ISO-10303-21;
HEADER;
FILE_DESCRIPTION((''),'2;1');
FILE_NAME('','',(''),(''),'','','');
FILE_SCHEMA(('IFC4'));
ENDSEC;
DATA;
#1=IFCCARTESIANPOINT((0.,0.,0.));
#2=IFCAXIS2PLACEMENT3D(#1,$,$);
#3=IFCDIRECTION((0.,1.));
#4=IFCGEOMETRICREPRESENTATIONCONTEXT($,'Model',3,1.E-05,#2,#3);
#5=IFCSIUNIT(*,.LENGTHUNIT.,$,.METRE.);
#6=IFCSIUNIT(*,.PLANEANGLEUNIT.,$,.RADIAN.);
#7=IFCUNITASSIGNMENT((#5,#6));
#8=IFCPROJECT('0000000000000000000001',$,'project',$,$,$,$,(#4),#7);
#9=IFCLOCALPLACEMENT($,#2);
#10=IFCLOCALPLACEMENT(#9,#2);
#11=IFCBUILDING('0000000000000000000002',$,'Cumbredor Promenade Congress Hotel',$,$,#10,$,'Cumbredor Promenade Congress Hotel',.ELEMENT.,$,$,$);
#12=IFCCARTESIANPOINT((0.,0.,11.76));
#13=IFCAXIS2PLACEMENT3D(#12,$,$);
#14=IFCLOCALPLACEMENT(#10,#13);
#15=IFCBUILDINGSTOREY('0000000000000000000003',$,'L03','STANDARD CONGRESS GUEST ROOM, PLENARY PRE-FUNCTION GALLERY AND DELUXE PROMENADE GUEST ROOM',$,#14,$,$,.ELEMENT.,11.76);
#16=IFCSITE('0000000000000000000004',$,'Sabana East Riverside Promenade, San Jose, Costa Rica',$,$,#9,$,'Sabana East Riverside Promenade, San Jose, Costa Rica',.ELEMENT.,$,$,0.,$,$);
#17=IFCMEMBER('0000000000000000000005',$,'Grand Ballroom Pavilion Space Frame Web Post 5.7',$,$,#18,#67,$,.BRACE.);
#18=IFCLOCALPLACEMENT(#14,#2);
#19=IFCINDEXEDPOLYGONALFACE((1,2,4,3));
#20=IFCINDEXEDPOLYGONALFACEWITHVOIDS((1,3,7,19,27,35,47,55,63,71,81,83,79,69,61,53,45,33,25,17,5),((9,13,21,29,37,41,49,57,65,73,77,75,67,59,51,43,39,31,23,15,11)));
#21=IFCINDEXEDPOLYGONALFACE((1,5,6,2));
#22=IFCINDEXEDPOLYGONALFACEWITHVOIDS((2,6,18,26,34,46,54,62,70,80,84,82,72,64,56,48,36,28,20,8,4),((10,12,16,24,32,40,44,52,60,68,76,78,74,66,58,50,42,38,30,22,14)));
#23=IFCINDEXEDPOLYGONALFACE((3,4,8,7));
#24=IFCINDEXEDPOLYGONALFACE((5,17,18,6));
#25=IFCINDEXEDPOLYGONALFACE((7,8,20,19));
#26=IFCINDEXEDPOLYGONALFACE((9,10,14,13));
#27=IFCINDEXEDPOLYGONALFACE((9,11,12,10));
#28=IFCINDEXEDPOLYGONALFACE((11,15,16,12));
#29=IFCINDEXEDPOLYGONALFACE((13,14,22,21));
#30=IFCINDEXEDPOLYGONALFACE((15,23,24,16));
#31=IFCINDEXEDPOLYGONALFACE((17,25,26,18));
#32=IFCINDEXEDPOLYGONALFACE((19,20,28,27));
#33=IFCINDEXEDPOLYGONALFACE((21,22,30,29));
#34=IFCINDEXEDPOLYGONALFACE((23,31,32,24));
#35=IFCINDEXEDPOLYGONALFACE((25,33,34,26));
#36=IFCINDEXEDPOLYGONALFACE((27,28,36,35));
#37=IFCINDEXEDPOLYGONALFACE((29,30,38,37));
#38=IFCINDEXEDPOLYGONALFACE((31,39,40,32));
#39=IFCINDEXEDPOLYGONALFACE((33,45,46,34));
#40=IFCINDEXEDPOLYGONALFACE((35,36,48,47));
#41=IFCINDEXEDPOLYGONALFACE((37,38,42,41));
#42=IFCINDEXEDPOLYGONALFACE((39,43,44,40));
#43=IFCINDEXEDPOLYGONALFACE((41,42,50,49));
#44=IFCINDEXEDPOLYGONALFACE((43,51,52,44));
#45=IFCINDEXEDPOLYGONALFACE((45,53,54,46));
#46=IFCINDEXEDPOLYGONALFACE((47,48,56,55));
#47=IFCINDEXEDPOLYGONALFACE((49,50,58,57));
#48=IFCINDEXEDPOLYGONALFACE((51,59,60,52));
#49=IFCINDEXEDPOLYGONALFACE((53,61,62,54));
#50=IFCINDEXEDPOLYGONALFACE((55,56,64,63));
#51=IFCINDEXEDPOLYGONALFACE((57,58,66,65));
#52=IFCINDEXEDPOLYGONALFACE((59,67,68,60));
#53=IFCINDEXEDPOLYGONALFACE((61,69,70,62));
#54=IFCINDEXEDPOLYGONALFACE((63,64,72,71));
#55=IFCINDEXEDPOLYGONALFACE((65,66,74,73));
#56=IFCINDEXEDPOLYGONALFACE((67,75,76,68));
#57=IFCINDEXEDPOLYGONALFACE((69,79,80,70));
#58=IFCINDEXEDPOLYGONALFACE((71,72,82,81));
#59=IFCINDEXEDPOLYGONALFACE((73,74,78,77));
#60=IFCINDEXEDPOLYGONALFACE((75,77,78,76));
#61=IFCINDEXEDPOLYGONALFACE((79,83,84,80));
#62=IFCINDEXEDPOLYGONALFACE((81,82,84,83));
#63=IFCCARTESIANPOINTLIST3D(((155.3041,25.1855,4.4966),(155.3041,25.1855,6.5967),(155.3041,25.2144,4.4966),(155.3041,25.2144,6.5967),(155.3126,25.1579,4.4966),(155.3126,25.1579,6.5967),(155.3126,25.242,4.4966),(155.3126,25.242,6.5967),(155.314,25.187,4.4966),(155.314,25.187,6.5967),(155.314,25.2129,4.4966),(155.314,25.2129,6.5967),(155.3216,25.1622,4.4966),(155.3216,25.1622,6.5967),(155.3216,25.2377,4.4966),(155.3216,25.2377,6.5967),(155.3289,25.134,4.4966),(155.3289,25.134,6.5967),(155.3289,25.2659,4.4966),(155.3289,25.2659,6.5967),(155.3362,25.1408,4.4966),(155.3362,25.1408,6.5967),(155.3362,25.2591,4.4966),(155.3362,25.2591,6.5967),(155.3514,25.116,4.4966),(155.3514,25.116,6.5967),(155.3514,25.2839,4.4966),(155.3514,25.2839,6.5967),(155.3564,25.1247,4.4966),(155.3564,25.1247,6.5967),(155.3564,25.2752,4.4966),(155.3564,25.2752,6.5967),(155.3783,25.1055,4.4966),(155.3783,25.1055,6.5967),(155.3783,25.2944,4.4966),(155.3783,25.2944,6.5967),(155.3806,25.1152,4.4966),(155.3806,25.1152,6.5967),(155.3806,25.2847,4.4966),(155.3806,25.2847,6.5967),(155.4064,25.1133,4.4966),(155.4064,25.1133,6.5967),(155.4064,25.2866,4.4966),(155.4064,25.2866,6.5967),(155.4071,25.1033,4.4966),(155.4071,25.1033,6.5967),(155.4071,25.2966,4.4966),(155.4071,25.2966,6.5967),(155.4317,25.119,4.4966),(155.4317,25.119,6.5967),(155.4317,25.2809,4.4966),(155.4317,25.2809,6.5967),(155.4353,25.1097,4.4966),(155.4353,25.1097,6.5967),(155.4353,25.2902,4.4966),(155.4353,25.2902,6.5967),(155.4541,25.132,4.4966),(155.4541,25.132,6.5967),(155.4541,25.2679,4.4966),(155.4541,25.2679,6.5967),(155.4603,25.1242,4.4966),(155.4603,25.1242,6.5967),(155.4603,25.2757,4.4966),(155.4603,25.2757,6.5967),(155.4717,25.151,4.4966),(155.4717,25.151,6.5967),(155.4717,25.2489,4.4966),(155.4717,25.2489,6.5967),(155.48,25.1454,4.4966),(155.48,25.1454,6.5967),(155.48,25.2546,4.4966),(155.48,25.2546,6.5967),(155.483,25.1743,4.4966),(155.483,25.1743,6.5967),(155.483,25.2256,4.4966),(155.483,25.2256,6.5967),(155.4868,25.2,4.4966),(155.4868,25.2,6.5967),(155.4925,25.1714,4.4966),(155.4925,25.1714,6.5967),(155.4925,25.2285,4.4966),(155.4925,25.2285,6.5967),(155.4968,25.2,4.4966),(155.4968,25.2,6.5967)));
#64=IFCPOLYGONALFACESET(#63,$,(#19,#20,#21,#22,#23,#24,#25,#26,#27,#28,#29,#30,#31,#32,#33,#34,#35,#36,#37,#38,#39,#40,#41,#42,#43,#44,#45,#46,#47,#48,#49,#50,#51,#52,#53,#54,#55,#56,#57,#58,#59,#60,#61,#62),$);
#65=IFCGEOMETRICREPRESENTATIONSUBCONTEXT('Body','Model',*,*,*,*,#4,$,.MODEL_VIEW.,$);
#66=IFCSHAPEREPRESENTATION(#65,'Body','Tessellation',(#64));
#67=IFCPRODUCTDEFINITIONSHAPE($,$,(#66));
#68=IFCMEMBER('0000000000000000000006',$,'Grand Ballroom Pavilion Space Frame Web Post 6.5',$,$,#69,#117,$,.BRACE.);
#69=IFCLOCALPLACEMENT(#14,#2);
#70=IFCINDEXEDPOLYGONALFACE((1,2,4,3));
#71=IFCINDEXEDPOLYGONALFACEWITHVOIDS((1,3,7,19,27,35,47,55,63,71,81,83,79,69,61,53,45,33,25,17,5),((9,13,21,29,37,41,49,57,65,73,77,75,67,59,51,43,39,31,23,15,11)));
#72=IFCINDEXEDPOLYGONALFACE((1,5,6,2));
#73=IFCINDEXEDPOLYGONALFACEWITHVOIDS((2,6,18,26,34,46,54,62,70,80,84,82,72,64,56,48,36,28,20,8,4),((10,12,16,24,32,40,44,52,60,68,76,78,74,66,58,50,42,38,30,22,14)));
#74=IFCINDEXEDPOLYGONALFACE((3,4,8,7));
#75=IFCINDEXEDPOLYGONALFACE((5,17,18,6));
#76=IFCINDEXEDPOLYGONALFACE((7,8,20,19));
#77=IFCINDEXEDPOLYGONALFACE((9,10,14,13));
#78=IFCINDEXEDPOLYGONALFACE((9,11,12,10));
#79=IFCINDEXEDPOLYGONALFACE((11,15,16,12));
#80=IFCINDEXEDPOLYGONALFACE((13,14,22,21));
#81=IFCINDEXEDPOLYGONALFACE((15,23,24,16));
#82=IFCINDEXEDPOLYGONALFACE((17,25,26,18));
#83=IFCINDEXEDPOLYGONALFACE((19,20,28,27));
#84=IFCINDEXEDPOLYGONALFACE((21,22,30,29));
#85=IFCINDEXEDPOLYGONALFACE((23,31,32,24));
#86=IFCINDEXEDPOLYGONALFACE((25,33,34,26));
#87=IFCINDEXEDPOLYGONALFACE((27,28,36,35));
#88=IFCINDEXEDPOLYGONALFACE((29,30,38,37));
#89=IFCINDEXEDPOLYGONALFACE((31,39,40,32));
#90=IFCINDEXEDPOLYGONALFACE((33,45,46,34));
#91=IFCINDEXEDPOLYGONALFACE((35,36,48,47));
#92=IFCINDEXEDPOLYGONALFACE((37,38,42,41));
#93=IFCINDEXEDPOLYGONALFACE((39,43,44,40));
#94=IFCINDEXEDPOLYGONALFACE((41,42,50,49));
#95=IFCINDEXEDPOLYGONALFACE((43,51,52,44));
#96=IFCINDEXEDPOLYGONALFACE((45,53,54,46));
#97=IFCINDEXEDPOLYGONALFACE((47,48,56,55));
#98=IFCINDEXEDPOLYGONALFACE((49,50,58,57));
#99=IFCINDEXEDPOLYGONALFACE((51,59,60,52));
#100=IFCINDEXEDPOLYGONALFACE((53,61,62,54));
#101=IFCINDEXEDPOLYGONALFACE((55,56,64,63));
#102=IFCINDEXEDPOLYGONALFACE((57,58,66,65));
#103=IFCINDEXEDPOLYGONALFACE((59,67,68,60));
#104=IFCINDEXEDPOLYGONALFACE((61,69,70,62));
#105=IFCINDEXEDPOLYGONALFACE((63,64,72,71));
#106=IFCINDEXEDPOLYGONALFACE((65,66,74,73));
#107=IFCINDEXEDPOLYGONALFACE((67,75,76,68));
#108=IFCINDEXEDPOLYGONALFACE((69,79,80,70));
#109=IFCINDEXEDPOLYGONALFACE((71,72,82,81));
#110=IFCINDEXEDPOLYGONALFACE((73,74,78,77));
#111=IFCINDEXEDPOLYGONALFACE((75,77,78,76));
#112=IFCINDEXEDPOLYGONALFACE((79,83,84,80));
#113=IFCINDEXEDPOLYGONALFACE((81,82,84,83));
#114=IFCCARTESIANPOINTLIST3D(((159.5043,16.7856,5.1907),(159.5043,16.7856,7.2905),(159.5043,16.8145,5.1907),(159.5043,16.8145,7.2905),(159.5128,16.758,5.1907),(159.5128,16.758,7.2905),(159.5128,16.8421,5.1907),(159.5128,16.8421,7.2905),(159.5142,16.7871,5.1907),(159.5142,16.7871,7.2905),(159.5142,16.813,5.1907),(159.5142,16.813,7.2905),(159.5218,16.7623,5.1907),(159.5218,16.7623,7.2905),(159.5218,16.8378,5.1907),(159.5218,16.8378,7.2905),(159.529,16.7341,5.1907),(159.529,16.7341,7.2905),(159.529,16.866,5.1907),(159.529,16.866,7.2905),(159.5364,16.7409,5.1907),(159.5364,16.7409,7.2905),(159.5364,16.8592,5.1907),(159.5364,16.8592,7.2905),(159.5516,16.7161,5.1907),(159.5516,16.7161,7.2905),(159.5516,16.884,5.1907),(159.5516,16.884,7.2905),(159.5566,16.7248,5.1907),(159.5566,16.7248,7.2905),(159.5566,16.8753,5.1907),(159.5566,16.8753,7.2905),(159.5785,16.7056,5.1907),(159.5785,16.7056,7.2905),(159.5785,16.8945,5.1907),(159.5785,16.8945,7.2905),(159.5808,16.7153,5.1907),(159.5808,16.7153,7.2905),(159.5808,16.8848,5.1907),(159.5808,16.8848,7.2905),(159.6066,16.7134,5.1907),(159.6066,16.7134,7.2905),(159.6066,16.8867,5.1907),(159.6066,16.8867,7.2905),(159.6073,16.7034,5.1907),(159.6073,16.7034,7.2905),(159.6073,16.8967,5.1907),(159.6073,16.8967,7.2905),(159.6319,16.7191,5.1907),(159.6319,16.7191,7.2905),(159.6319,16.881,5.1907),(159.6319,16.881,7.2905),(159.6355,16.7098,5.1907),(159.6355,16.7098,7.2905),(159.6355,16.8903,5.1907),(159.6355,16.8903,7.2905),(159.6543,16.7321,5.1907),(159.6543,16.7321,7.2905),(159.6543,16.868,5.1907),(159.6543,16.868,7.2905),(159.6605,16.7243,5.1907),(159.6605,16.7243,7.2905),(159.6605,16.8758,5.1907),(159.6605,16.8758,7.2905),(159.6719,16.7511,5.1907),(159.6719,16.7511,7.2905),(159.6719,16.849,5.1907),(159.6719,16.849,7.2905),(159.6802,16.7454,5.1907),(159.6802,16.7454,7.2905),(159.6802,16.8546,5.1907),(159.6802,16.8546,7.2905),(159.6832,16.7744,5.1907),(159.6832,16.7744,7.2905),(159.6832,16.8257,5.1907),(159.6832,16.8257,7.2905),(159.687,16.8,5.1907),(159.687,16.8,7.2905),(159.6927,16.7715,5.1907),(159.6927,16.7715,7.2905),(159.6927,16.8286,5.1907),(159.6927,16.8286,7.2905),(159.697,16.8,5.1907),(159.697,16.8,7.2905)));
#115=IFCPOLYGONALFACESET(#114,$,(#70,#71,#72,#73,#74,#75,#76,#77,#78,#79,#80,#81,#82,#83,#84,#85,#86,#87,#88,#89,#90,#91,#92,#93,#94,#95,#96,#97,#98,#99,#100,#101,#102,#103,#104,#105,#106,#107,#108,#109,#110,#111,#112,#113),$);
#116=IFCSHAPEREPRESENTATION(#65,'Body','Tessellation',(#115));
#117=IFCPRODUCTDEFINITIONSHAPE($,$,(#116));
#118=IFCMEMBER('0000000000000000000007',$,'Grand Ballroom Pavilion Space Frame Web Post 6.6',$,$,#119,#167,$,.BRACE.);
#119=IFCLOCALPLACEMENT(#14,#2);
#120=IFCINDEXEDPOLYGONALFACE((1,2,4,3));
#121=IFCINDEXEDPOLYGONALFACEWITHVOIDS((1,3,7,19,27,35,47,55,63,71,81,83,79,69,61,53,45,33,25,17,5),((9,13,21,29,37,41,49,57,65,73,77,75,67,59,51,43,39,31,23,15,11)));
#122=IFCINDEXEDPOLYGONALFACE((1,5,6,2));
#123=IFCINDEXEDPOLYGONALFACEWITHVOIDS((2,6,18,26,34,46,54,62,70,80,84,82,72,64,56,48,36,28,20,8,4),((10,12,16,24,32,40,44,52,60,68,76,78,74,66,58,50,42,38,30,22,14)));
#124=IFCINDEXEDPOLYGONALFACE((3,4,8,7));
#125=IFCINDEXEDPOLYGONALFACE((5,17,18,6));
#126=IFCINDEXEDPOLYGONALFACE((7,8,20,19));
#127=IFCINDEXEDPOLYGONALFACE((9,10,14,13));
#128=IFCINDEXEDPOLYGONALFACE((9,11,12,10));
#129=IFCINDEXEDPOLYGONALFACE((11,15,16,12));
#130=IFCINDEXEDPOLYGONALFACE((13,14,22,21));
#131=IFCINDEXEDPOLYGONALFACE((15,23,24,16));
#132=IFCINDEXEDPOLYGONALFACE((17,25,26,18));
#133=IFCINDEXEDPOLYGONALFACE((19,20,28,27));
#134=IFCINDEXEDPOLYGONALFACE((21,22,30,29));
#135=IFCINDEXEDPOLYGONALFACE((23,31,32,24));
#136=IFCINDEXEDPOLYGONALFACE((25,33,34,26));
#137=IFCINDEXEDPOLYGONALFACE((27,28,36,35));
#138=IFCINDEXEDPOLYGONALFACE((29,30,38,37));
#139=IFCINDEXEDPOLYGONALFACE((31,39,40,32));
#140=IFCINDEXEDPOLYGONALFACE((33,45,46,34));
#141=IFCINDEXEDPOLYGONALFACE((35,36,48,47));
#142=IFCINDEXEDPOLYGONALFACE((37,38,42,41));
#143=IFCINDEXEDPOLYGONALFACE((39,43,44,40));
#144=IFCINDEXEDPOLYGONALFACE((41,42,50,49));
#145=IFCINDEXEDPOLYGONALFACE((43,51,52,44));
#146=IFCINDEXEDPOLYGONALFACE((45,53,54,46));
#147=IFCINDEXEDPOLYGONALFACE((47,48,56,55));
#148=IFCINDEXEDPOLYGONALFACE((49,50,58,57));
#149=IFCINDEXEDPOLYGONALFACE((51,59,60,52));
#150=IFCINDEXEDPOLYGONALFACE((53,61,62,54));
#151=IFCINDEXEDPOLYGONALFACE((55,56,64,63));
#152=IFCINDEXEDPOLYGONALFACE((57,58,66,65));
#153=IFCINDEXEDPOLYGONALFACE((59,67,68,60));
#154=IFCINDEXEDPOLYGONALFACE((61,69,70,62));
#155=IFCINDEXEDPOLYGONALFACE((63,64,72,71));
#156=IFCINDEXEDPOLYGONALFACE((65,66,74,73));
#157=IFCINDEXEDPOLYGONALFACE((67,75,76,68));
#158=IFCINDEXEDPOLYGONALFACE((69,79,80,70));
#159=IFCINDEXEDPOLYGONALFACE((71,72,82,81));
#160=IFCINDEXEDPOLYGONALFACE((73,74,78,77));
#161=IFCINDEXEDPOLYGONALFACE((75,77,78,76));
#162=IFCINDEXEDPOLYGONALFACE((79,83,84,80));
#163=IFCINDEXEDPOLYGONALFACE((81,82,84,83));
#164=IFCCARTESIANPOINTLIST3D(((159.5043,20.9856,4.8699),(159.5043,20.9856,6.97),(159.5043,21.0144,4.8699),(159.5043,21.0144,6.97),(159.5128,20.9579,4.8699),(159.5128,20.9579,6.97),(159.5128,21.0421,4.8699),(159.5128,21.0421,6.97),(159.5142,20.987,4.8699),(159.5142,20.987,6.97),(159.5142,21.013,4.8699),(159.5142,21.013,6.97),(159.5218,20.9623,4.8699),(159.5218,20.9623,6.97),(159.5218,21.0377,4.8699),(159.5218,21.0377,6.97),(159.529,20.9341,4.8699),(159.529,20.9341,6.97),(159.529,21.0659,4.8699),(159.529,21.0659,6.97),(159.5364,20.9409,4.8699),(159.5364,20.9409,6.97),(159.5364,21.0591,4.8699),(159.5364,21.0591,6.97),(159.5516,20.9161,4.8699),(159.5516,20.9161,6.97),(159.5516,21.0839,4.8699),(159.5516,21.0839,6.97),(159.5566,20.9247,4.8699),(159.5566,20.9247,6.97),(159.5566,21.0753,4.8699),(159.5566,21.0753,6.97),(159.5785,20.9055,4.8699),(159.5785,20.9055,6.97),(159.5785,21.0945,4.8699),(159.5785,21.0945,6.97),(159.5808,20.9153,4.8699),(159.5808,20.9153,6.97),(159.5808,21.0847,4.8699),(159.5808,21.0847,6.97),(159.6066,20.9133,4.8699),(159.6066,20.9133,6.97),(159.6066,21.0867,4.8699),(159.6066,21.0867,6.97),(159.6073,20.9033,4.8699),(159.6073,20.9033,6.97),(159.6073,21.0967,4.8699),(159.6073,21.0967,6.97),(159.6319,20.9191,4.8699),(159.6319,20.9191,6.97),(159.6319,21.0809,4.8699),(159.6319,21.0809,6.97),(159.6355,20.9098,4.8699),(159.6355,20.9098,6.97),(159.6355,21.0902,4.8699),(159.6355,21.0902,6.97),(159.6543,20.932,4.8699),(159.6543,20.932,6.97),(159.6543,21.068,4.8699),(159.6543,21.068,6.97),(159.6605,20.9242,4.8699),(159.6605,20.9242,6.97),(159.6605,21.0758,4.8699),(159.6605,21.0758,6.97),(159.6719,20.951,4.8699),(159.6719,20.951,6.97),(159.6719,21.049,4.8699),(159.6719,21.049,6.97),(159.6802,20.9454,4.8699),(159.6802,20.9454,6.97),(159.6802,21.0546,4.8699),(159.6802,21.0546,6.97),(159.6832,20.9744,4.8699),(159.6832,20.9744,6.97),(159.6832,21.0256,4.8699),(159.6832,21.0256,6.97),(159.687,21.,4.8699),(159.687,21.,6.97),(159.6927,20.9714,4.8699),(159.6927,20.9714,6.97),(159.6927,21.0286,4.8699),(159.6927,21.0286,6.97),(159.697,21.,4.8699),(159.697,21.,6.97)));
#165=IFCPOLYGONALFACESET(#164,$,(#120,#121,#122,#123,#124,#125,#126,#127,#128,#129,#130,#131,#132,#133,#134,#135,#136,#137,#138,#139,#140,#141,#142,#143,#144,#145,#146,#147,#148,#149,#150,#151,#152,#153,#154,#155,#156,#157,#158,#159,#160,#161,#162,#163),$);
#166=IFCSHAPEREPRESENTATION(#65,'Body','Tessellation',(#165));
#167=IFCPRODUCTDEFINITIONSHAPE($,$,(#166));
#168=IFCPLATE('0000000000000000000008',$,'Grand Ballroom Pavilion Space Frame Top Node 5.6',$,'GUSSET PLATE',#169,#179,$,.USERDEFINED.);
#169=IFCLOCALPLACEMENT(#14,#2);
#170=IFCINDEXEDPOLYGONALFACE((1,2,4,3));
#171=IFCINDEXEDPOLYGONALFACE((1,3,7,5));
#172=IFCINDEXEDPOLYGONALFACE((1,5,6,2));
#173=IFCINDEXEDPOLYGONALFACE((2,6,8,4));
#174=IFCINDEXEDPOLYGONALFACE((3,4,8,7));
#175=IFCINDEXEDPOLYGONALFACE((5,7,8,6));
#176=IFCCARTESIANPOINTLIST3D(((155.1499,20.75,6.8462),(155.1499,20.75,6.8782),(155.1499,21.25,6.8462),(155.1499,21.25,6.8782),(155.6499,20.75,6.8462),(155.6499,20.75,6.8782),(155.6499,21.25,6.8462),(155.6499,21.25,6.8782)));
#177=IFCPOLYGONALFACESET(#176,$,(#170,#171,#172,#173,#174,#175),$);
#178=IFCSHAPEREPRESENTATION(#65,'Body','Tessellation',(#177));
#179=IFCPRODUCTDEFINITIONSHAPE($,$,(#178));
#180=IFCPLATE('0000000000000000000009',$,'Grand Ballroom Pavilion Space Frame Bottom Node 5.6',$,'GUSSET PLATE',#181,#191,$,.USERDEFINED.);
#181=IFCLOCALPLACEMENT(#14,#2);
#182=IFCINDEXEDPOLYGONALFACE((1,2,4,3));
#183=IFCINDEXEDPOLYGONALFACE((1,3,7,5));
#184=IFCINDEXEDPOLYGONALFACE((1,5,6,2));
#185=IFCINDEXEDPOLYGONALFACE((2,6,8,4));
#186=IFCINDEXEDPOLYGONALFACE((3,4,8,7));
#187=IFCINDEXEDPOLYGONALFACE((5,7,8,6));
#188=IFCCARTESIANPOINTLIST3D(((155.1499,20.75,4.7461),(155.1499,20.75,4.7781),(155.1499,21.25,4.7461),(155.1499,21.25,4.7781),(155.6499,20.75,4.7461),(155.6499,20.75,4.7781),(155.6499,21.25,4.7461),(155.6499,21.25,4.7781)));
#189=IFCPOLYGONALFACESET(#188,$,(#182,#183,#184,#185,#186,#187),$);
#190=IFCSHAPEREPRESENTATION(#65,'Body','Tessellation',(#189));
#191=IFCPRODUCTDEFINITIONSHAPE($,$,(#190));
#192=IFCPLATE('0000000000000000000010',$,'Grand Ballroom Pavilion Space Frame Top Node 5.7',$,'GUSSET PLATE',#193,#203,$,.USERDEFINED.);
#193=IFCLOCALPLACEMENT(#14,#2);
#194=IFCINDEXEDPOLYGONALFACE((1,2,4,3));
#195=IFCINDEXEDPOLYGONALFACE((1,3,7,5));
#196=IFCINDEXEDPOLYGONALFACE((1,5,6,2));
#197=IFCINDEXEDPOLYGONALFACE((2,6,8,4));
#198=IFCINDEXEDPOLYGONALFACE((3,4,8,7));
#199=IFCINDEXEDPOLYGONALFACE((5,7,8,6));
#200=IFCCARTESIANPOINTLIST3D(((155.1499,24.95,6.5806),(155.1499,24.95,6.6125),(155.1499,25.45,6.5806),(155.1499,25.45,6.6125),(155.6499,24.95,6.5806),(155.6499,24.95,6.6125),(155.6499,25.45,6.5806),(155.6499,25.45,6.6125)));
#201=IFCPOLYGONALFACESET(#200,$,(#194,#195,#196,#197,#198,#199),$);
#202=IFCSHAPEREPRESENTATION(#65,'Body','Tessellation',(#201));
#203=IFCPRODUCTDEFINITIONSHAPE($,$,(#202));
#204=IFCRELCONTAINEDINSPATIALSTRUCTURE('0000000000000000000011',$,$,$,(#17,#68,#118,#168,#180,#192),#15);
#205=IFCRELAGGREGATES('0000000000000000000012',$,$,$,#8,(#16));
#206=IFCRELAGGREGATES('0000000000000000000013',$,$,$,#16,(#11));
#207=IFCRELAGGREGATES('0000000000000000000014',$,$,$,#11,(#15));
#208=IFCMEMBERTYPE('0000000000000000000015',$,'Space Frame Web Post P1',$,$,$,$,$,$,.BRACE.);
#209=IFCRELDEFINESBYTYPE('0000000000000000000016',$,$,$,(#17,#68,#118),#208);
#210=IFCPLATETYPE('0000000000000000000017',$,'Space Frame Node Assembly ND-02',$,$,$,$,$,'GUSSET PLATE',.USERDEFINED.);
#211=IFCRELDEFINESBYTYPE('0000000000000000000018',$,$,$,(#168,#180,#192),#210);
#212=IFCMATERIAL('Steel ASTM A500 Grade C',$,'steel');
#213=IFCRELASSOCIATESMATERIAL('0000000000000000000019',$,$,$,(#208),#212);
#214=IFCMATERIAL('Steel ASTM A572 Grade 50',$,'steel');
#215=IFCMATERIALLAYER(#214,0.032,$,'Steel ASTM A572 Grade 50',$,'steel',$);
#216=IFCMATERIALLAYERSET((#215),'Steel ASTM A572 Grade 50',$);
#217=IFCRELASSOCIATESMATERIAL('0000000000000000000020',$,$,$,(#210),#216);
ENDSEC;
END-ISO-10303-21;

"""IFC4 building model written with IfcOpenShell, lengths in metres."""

from ifc_helpers import new_model, si_unit, direction, frame, origin, origin_2d, place, context, subcontext, project, spatial, rectangle, hollow_circle, extrude, material, layer, layer_set, material_profile, profile_set, type_object, element, save


model = new_model("IFC4")

# Units and contexts
model_context = context("Model", 3, precision=1e-05, world=origin(), true_north=direction((0.0, 1.0)))
body_context = subcontext(model_context, "Body", "Model", "MODEL_VIEW")
ifc_project = project(units=[si_unit("LENGTHUNIT", "METRE"), si_unit("PLANEANGLEUNIT", "RADIAN")], contexts=[model_context])

# Site, building, storey
site_placement = place(None, origin())
site = spatial("IfcSite", under=ifc_project, at=site_placement, Name="Sabana East Riverside Promenade, San Jose, Costa Rica", LongName="Sabana East Riverside Promenade, San Jose, Costa Rica", CompositionType="ELEMENT", RefElevation=0.0)
building_placement = place(site_placement, origin())
building = spatial("IfcBuilding", under=site, at=building_placement, Name="Cumbredor Promenade Congress Hotel", LongName="Cumbredor Promenade Congress Hotel", CompositionType="ELEMENT")
storey_placement = place(building_placement, frame((0.0, 0.0, 11.76)))
storey = spatial("IfcBuildingStorey", under=building, at=storey_placement, Name="L03", Description="STANDARD CONGRESS GUEST ROOM, PLENARY PRE-FUNCTION GALLERY AND DELUXE PROMENADE GUEST ROOM", CompositionType="ELEMENT", Elevation=11.76)

# Members
ifc_material_1 = material(Name="Steel ASTM A500 Grade C", Category="steel")
ifc_material_profile_1 = material_profile(ifc_material_1, hollow_circle(Radius=0.0969, WallThickness=0.01, at=origin_2d()), Name="CHS 193.7x10")
ifc_profile_set_1 = profile_set([ifc_material_profile_1], Name="Steel ASTM A500 Grade C")
member_type_1 = type_object("IfcMemberType", Name="Space Frame Web Post P1", PredefinedType="BRACE", material=ifc_profile_set_1)
for number, where, z_axis, x_axis, name in (
    (1, (155.3999, 25.2, 4.4966), (0.0, 0.0, 1.0), (1.0, 0.0, 0.0), "Grand Ballroom Pavilion Space Frame Web Post 5.7"),
):
    element("IfcMember", number, at=place(storey_placement, frame(where, z_axis=z_axis, x_axis=x_axis)), inside=storey, type_object=member_type_1, Name=name, PredefinedType="BRACE", context=body_context, shape_type="SweptSolid", body=[
        extrude(hollow_circle(Radius=0.0969, WallThickness=0.01, at=origin_2d()), origin(), (0.0, 0.0, 1.0), 2.1001),
    ])
member_1_placement = place(storey_placement, frame((159.6001, 16.8, 5.1907), z_axis=(0.0, 0.0, 1.0), x_axis=(1.0, 0.0, 0.0)))
element("IfcMember", 2, at=member_1_placement, inside=storey, type_object=member_type_1, Name="Grand Ballroom Pavilion Space Frame Web Post 6.5", PredefinedType="BRACE", context=body_context, shape_type="SweptSolid", body=[
    extrude(hollow_circle(Radius=0.0969, WallThickness=0.01, at=origin_2d()), origin(), (0.0, 0.0, 1.0), 2.0999),
])
member_2_placement = place(storey_placement, frame((159.6001, 21.0, 4.8699), z_axis=(0.0, 0.0, 1.0), x_axis=(1.0, 0.0, 0.0)))
element("IfcMember", 3, at=member_2_placement, inside=storey, type_object=member_type_1, Name="Grand Ballroom Pavilion Space Frame Web Post 6.6", PredefinedType="BRACE", context=body_context, shape_type="SweptSolid", body=[
    extrude(hollow_circle(Radius=0.0969, WallThickness=0.01, at=origin_2d()), origin(), (0.0, 0.0, 1.0), 2.1001),
])

# Plates
ifc_material_2 = material(Name="Steel ASTM A572 Grade 50", Category="steel")
ifc_layer = layer(ifc_material_2, 0.032, Name="Steel ASTM A572 Grade 50", Category="steel")
ifc_layer_set = layer_set([ifc_layer], Name="Steel ASTM A572 Grade 50")
plate_type = type_object("IfcPlateType", Name="Space Frame Node Assembly ND-02", ElementType="GUSSET PLATE", PredefinedType="USERDEFINED", material=ifc_layer_set)
for number, where, z_axis, x_axis, name in (
    (4, (155.3999, 21.0, 6.8462), (0.0, 0.0, 1.0), (1.0, 0.0, 0.0), "Grand Ballroom Pavilion Space Frame Top Node 5.6"),
    (5, (155.3999, 21.0, 4.7461), (0.0, 0.0, 1.0), (1.0, 0.0, 0.0), "Grand Ballroom Pavilion Space Frame Bottom Node 5.6"),
    (6, (155.3999, 25.2, 6.5806), (0.0, 0.0, 1.0), (1.0, 0.0, 0.0), "Grand Ballroom Pavilion Space Frame Top Node 5.7"),
):
    element("IfcPlate", number, at=place(storey_placement, frame(where, z_axis=z_axis, x_axis=x_axis)), inside=storey, type_object=plate_type, Name=name, ObjectType="GUSSET PLATE", PredefinedType="USERDEFINED", context=body_context, shape_type="SweptSolid", body=[
        extrude(rectangle(XDim=0.5, YDim=0.5, at=origin_2d()), origin(), (0.0, 0.0, 1.0), 0.032),
    ])

save(model, "model.ifc")
